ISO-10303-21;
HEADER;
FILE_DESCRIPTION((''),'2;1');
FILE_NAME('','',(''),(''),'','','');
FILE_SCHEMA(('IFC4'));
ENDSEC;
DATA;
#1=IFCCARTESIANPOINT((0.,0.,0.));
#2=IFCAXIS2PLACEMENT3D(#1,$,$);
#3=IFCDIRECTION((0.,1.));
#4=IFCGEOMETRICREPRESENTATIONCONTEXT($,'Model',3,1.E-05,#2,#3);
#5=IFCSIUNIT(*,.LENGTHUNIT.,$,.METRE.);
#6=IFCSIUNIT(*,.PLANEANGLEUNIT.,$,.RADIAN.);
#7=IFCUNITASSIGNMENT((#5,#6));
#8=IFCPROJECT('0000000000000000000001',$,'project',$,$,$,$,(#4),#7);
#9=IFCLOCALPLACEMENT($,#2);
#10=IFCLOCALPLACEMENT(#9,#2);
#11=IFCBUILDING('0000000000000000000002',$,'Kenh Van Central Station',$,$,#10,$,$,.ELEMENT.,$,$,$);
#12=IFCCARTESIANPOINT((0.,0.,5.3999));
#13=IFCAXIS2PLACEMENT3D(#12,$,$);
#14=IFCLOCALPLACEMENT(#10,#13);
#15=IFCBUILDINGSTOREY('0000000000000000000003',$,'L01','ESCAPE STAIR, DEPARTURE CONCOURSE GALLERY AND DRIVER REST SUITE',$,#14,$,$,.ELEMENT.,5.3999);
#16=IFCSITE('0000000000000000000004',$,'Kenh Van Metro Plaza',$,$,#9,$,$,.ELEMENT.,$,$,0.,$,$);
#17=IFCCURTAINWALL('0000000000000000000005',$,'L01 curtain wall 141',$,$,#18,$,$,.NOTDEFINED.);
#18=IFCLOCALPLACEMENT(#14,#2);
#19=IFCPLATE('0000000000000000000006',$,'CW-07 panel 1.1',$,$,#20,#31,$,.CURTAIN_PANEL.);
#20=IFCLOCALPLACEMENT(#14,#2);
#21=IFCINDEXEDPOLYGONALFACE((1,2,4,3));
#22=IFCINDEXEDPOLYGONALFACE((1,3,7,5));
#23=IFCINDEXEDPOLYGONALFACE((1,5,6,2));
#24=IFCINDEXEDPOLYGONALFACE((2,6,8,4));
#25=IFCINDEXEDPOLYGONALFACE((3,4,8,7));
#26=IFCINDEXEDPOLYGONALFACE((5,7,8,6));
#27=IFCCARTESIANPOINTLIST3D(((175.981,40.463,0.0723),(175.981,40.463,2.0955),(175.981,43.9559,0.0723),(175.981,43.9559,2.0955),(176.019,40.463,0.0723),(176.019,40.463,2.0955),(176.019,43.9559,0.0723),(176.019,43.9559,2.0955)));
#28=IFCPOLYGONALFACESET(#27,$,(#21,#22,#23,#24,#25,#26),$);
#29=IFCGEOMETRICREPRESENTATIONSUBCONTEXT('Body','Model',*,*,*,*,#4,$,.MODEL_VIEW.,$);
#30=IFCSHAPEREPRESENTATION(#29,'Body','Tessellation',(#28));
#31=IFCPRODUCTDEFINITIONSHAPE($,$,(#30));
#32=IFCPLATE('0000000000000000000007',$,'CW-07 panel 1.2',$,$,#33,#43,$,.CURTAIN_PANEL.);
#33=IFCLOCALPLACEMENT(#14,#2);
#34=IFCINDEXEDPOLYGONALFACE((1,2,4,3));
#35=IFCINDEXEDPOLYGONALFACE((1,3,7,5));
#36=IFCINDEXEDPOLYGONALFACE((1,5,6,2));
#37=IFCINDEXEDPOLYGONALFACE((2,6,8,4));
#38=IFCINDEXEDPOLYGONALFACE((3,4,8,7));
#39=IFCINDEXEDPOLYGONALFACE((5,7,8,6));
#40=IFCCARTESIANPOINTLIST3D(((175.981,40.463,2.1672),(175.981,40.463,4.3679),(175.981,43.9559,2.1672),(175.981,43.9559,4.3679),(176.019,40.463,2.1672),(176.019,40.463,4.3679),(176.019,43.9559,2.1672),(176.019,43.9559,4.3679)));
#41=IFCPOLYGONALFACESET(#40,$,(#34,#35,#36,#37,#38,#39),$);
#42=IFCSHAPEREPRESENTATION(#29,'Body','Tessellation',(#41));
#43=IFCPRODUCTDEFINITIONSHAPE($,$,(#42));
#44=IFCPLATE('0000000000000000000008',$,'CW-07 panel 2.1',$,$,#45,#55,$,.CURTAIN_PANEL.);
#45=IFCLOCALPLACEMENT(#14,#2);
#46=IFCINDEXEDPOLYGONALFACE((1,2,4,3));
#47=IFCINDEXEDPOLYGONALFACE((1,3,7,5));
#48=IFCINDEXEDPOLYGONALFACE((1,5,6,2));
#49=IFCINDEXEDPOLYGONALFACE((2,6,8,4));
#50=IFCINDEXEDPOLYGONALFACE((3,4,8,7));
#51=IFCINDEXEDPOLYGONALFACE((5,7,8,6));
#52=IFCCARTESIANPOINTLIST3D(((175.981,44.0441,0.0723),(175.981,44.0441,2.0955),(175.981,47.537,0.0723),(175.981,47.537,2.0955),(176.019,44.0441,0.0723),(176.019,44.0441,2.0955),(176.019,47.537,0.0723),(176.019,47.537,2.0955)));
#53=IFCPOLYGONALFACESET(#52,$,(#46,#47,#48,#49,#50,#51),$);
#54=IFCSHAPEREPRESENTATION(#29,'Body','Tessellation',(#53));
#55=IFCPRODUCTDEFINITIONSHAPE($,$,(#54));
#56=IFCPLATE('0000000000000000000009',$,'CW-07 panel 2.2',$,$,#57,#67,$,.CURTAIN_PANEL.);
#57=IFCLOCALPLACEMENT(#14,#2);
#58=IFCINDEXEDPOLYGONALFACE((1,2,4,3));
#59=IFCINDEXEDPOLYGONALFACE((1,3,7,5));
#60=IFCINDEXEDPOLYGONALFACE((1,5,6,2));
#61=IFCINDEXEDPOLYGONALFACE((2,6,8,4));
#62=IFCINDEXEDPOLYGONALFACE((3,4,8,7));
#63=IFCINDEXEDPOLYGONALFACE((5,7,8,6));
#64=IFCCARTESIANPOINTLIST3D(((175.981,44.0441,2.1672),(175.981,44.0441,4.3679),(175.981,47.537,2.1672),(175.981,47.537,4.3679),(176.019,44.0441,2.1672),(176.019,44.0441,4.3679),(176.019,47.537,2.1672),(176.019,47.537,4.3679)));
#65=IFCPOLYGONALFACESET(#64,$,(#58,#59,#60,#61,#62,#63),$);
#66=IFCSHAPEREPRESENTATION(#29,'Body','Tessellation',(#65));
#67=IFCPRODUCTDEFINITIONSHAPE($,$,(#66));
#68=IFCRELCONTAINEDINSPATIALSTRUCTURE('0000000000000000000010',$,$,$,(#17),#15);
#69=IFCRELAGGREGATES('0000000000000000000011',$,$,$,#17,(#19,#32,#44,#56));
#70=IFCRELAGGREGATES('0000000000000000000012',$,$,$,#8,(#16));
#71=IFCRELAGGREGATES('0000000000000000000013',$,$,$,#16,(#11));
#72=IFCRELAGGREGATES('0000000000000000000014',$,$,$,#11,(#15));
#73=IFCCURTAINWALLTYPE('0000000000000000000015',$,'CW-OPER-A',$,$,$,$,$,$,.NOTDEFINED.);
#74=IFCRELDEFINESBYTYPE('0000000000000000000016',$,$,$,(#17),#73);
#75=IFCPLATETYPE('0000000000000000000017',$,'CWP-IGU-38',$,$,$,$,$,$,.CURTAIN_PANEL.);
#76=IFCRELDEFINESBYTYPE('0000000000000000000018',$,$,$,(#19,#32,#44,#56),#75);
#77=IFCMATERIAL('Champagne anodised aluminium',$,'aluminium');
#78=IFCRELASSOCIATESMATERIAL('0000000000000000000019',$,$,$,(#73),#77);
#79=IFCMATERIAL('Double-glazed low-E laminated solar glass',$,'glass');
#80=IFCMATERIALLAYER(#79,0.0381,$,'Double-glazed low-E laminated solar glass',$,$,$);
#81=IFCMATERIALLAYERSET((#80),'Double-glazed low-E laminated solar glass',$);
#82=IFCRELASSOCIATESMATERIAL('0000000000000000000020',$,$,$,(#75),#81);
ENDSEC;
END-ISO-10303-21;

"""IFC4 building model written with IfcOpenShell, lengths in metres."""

from ifc_helpers import new_model, si_unit, direction, frame, origin, origin_2d, place, context, subcontext, project, spatial, rectangle, extrude, material, layer, layer_set, type_object, element, aggregate, save


model = new_model("IFC4")

# Units and contexts
model_context = context("Model", 3, precision=1e-05, world=origin(), true_north=direction((0.0, 1.0)))
body_context = subcontext(model_context, "Body", "Model", "MODEL_VIEW")
ifc_project = project(units=[si_unit("LENGTHUNIT", "METRE"), si_unit("PLANEANGLEUNIT", "RADIAN")], contexts=[model_context])

# Site, building, storey
site_placement = place(None, origin())
site = spatial("IfcSite", under=ifc_project, at=site_placement, Name="Kenh Van Metro Plaza", CompositionType="ELEMENT", RefElevation=0.0)
building_placement = place(site_placement, origin())
building = spatial("IfcBuilding", under=site, at=building_placement, Name="Kenh Van Central Station", CompositionType="ELEMENT")
storey_placement = place(building_placement, frame((0.0, 0.0, 5.3999)))
storey = spatial("IfcBuildingStorey", under=building, at=storey_placement, Name="L01", Description="ESCAPE STAIR, DEPARTURE CONCOURSE GALLERY AND DRIVER REST SUITE", CompositionType="ELEMENT", Elevation=5.3999)

# Curtain wall
ifc_material_1 = material(Name="Champagne anodised aluminium", Category="aluminium")
curtain_wall_type = type_object("IfcCurtainWallType", Name="CW-OPER-A", PredefinedType="NOTDEFINED", material=ifc_material_1)
curtain_wall_1_placement = place(storey_placement, origin())
curtain_wall_1 = element("IfcCurtainWall", 1, at=curtain_wall_1_placement, inside=storey, type_object=curtain_wall_type, Name="L01 curtain wall 141", PredefinedType="NOTDEFINED")

# Plates
ifc_material_2 = material(Name="Double-glazed low-E laminated solar glass", Category="glass")
ifc_layer = layer(ifc_material_2, 0.0381, Name="Double-glazed low-E laminated solar glass")
ifc_layer_set = layer_set([ifc_layer], Name="Double-glazed low-E laminated solar glass")
plate_type = type_object("IfcPlateType", Name="CWP-IGU-38", PredefinedType="CURTAIN_PANEL", material=ifc_layer_set)
plate_1_placement = place(storey_placement, frame((176.0, 42.2095, 0.0723), z_axis=(0.0, 0.0, 1.0), x_axis=(0.0, 1.0, 0.0)))
plate_1 = element("IfcPlate", 2, at=plate_1_placement, type_object=plate_type, Name="CW-07 panel 1.1", PredefinedType="CURTAIN_PANEL", context=body_context, shape_type="SweptSolid", body=[
    extrude(rectangle(XDim=3.4929, YDim=0.0381, at=origin_2d()), origin(), (0.0, 0.0, 1.0), 2.0232),
])
plate_2_placement = place(storey_placement, frame((176.0, 42.2095, 2.1672), z_axis=(0.0, 0.0, 1.0), x_axis=(0.0, 1.0, 0.0)))
plate_2 = element("IfcPlate", 3, at=plate_2_placement, type_object=plate_type, Name="CW-07 panel 1.2", PredefinedType="CURTAIN_PANEL", context=body_context, shape_type="SweptSolid", body=[
    extrude(rectangle(XDim=3.4929, YDim=0.0381, at=origin_2d()), origin(), (0.0, 0.0, 1.0), 2.2007),
])
plate_3_placement = place(storey_placement, frame((176.0, 45.7905, 0.0723), z_axis=(0.0, 0.0, 1.0), x_axis=(0.0, 1.0, 0.0)))
plate_3 = element("IfcPlate", 4, at=plate_3_placement, type_object=plate_type, Name="CW-07 panel 2.1", PredefinedType="CURTAIN_PANEL", context=body_context, shape_type="SweptSolid", body=[
    extrude(rectangle(XDim=3.4929, YDim=0.0381, at=origin_2d()), origin(), (0.0, 0.0, 1.0), 2.0232),
])
plate_4_placement = place(storey_placement, frame((176.0, 45.7905, 2.1672), z_axis=(0.0, 0.0, 1.0), x_axis=(0.0, 1.0, 0.0)))
plate_4 = element("IfcPlate", 5, at=plate_4_placement, type_object=plate_type, Name="CW-07 panel 2.2", PredefinedType="CURTAIN_PANEL", context=body_context, shape_type="SweptSolid", body=[
    extrude(rectangle(XDim=3.4929, YDim=0.0381, at=origin_2d()), origin(), (0.0, 0.0, 1.0), 2.2007),
])
aggregate(curtain_wall_1, [plate_1, plate_2, plate_3, plate_4])

save(model, "model.ifc")
